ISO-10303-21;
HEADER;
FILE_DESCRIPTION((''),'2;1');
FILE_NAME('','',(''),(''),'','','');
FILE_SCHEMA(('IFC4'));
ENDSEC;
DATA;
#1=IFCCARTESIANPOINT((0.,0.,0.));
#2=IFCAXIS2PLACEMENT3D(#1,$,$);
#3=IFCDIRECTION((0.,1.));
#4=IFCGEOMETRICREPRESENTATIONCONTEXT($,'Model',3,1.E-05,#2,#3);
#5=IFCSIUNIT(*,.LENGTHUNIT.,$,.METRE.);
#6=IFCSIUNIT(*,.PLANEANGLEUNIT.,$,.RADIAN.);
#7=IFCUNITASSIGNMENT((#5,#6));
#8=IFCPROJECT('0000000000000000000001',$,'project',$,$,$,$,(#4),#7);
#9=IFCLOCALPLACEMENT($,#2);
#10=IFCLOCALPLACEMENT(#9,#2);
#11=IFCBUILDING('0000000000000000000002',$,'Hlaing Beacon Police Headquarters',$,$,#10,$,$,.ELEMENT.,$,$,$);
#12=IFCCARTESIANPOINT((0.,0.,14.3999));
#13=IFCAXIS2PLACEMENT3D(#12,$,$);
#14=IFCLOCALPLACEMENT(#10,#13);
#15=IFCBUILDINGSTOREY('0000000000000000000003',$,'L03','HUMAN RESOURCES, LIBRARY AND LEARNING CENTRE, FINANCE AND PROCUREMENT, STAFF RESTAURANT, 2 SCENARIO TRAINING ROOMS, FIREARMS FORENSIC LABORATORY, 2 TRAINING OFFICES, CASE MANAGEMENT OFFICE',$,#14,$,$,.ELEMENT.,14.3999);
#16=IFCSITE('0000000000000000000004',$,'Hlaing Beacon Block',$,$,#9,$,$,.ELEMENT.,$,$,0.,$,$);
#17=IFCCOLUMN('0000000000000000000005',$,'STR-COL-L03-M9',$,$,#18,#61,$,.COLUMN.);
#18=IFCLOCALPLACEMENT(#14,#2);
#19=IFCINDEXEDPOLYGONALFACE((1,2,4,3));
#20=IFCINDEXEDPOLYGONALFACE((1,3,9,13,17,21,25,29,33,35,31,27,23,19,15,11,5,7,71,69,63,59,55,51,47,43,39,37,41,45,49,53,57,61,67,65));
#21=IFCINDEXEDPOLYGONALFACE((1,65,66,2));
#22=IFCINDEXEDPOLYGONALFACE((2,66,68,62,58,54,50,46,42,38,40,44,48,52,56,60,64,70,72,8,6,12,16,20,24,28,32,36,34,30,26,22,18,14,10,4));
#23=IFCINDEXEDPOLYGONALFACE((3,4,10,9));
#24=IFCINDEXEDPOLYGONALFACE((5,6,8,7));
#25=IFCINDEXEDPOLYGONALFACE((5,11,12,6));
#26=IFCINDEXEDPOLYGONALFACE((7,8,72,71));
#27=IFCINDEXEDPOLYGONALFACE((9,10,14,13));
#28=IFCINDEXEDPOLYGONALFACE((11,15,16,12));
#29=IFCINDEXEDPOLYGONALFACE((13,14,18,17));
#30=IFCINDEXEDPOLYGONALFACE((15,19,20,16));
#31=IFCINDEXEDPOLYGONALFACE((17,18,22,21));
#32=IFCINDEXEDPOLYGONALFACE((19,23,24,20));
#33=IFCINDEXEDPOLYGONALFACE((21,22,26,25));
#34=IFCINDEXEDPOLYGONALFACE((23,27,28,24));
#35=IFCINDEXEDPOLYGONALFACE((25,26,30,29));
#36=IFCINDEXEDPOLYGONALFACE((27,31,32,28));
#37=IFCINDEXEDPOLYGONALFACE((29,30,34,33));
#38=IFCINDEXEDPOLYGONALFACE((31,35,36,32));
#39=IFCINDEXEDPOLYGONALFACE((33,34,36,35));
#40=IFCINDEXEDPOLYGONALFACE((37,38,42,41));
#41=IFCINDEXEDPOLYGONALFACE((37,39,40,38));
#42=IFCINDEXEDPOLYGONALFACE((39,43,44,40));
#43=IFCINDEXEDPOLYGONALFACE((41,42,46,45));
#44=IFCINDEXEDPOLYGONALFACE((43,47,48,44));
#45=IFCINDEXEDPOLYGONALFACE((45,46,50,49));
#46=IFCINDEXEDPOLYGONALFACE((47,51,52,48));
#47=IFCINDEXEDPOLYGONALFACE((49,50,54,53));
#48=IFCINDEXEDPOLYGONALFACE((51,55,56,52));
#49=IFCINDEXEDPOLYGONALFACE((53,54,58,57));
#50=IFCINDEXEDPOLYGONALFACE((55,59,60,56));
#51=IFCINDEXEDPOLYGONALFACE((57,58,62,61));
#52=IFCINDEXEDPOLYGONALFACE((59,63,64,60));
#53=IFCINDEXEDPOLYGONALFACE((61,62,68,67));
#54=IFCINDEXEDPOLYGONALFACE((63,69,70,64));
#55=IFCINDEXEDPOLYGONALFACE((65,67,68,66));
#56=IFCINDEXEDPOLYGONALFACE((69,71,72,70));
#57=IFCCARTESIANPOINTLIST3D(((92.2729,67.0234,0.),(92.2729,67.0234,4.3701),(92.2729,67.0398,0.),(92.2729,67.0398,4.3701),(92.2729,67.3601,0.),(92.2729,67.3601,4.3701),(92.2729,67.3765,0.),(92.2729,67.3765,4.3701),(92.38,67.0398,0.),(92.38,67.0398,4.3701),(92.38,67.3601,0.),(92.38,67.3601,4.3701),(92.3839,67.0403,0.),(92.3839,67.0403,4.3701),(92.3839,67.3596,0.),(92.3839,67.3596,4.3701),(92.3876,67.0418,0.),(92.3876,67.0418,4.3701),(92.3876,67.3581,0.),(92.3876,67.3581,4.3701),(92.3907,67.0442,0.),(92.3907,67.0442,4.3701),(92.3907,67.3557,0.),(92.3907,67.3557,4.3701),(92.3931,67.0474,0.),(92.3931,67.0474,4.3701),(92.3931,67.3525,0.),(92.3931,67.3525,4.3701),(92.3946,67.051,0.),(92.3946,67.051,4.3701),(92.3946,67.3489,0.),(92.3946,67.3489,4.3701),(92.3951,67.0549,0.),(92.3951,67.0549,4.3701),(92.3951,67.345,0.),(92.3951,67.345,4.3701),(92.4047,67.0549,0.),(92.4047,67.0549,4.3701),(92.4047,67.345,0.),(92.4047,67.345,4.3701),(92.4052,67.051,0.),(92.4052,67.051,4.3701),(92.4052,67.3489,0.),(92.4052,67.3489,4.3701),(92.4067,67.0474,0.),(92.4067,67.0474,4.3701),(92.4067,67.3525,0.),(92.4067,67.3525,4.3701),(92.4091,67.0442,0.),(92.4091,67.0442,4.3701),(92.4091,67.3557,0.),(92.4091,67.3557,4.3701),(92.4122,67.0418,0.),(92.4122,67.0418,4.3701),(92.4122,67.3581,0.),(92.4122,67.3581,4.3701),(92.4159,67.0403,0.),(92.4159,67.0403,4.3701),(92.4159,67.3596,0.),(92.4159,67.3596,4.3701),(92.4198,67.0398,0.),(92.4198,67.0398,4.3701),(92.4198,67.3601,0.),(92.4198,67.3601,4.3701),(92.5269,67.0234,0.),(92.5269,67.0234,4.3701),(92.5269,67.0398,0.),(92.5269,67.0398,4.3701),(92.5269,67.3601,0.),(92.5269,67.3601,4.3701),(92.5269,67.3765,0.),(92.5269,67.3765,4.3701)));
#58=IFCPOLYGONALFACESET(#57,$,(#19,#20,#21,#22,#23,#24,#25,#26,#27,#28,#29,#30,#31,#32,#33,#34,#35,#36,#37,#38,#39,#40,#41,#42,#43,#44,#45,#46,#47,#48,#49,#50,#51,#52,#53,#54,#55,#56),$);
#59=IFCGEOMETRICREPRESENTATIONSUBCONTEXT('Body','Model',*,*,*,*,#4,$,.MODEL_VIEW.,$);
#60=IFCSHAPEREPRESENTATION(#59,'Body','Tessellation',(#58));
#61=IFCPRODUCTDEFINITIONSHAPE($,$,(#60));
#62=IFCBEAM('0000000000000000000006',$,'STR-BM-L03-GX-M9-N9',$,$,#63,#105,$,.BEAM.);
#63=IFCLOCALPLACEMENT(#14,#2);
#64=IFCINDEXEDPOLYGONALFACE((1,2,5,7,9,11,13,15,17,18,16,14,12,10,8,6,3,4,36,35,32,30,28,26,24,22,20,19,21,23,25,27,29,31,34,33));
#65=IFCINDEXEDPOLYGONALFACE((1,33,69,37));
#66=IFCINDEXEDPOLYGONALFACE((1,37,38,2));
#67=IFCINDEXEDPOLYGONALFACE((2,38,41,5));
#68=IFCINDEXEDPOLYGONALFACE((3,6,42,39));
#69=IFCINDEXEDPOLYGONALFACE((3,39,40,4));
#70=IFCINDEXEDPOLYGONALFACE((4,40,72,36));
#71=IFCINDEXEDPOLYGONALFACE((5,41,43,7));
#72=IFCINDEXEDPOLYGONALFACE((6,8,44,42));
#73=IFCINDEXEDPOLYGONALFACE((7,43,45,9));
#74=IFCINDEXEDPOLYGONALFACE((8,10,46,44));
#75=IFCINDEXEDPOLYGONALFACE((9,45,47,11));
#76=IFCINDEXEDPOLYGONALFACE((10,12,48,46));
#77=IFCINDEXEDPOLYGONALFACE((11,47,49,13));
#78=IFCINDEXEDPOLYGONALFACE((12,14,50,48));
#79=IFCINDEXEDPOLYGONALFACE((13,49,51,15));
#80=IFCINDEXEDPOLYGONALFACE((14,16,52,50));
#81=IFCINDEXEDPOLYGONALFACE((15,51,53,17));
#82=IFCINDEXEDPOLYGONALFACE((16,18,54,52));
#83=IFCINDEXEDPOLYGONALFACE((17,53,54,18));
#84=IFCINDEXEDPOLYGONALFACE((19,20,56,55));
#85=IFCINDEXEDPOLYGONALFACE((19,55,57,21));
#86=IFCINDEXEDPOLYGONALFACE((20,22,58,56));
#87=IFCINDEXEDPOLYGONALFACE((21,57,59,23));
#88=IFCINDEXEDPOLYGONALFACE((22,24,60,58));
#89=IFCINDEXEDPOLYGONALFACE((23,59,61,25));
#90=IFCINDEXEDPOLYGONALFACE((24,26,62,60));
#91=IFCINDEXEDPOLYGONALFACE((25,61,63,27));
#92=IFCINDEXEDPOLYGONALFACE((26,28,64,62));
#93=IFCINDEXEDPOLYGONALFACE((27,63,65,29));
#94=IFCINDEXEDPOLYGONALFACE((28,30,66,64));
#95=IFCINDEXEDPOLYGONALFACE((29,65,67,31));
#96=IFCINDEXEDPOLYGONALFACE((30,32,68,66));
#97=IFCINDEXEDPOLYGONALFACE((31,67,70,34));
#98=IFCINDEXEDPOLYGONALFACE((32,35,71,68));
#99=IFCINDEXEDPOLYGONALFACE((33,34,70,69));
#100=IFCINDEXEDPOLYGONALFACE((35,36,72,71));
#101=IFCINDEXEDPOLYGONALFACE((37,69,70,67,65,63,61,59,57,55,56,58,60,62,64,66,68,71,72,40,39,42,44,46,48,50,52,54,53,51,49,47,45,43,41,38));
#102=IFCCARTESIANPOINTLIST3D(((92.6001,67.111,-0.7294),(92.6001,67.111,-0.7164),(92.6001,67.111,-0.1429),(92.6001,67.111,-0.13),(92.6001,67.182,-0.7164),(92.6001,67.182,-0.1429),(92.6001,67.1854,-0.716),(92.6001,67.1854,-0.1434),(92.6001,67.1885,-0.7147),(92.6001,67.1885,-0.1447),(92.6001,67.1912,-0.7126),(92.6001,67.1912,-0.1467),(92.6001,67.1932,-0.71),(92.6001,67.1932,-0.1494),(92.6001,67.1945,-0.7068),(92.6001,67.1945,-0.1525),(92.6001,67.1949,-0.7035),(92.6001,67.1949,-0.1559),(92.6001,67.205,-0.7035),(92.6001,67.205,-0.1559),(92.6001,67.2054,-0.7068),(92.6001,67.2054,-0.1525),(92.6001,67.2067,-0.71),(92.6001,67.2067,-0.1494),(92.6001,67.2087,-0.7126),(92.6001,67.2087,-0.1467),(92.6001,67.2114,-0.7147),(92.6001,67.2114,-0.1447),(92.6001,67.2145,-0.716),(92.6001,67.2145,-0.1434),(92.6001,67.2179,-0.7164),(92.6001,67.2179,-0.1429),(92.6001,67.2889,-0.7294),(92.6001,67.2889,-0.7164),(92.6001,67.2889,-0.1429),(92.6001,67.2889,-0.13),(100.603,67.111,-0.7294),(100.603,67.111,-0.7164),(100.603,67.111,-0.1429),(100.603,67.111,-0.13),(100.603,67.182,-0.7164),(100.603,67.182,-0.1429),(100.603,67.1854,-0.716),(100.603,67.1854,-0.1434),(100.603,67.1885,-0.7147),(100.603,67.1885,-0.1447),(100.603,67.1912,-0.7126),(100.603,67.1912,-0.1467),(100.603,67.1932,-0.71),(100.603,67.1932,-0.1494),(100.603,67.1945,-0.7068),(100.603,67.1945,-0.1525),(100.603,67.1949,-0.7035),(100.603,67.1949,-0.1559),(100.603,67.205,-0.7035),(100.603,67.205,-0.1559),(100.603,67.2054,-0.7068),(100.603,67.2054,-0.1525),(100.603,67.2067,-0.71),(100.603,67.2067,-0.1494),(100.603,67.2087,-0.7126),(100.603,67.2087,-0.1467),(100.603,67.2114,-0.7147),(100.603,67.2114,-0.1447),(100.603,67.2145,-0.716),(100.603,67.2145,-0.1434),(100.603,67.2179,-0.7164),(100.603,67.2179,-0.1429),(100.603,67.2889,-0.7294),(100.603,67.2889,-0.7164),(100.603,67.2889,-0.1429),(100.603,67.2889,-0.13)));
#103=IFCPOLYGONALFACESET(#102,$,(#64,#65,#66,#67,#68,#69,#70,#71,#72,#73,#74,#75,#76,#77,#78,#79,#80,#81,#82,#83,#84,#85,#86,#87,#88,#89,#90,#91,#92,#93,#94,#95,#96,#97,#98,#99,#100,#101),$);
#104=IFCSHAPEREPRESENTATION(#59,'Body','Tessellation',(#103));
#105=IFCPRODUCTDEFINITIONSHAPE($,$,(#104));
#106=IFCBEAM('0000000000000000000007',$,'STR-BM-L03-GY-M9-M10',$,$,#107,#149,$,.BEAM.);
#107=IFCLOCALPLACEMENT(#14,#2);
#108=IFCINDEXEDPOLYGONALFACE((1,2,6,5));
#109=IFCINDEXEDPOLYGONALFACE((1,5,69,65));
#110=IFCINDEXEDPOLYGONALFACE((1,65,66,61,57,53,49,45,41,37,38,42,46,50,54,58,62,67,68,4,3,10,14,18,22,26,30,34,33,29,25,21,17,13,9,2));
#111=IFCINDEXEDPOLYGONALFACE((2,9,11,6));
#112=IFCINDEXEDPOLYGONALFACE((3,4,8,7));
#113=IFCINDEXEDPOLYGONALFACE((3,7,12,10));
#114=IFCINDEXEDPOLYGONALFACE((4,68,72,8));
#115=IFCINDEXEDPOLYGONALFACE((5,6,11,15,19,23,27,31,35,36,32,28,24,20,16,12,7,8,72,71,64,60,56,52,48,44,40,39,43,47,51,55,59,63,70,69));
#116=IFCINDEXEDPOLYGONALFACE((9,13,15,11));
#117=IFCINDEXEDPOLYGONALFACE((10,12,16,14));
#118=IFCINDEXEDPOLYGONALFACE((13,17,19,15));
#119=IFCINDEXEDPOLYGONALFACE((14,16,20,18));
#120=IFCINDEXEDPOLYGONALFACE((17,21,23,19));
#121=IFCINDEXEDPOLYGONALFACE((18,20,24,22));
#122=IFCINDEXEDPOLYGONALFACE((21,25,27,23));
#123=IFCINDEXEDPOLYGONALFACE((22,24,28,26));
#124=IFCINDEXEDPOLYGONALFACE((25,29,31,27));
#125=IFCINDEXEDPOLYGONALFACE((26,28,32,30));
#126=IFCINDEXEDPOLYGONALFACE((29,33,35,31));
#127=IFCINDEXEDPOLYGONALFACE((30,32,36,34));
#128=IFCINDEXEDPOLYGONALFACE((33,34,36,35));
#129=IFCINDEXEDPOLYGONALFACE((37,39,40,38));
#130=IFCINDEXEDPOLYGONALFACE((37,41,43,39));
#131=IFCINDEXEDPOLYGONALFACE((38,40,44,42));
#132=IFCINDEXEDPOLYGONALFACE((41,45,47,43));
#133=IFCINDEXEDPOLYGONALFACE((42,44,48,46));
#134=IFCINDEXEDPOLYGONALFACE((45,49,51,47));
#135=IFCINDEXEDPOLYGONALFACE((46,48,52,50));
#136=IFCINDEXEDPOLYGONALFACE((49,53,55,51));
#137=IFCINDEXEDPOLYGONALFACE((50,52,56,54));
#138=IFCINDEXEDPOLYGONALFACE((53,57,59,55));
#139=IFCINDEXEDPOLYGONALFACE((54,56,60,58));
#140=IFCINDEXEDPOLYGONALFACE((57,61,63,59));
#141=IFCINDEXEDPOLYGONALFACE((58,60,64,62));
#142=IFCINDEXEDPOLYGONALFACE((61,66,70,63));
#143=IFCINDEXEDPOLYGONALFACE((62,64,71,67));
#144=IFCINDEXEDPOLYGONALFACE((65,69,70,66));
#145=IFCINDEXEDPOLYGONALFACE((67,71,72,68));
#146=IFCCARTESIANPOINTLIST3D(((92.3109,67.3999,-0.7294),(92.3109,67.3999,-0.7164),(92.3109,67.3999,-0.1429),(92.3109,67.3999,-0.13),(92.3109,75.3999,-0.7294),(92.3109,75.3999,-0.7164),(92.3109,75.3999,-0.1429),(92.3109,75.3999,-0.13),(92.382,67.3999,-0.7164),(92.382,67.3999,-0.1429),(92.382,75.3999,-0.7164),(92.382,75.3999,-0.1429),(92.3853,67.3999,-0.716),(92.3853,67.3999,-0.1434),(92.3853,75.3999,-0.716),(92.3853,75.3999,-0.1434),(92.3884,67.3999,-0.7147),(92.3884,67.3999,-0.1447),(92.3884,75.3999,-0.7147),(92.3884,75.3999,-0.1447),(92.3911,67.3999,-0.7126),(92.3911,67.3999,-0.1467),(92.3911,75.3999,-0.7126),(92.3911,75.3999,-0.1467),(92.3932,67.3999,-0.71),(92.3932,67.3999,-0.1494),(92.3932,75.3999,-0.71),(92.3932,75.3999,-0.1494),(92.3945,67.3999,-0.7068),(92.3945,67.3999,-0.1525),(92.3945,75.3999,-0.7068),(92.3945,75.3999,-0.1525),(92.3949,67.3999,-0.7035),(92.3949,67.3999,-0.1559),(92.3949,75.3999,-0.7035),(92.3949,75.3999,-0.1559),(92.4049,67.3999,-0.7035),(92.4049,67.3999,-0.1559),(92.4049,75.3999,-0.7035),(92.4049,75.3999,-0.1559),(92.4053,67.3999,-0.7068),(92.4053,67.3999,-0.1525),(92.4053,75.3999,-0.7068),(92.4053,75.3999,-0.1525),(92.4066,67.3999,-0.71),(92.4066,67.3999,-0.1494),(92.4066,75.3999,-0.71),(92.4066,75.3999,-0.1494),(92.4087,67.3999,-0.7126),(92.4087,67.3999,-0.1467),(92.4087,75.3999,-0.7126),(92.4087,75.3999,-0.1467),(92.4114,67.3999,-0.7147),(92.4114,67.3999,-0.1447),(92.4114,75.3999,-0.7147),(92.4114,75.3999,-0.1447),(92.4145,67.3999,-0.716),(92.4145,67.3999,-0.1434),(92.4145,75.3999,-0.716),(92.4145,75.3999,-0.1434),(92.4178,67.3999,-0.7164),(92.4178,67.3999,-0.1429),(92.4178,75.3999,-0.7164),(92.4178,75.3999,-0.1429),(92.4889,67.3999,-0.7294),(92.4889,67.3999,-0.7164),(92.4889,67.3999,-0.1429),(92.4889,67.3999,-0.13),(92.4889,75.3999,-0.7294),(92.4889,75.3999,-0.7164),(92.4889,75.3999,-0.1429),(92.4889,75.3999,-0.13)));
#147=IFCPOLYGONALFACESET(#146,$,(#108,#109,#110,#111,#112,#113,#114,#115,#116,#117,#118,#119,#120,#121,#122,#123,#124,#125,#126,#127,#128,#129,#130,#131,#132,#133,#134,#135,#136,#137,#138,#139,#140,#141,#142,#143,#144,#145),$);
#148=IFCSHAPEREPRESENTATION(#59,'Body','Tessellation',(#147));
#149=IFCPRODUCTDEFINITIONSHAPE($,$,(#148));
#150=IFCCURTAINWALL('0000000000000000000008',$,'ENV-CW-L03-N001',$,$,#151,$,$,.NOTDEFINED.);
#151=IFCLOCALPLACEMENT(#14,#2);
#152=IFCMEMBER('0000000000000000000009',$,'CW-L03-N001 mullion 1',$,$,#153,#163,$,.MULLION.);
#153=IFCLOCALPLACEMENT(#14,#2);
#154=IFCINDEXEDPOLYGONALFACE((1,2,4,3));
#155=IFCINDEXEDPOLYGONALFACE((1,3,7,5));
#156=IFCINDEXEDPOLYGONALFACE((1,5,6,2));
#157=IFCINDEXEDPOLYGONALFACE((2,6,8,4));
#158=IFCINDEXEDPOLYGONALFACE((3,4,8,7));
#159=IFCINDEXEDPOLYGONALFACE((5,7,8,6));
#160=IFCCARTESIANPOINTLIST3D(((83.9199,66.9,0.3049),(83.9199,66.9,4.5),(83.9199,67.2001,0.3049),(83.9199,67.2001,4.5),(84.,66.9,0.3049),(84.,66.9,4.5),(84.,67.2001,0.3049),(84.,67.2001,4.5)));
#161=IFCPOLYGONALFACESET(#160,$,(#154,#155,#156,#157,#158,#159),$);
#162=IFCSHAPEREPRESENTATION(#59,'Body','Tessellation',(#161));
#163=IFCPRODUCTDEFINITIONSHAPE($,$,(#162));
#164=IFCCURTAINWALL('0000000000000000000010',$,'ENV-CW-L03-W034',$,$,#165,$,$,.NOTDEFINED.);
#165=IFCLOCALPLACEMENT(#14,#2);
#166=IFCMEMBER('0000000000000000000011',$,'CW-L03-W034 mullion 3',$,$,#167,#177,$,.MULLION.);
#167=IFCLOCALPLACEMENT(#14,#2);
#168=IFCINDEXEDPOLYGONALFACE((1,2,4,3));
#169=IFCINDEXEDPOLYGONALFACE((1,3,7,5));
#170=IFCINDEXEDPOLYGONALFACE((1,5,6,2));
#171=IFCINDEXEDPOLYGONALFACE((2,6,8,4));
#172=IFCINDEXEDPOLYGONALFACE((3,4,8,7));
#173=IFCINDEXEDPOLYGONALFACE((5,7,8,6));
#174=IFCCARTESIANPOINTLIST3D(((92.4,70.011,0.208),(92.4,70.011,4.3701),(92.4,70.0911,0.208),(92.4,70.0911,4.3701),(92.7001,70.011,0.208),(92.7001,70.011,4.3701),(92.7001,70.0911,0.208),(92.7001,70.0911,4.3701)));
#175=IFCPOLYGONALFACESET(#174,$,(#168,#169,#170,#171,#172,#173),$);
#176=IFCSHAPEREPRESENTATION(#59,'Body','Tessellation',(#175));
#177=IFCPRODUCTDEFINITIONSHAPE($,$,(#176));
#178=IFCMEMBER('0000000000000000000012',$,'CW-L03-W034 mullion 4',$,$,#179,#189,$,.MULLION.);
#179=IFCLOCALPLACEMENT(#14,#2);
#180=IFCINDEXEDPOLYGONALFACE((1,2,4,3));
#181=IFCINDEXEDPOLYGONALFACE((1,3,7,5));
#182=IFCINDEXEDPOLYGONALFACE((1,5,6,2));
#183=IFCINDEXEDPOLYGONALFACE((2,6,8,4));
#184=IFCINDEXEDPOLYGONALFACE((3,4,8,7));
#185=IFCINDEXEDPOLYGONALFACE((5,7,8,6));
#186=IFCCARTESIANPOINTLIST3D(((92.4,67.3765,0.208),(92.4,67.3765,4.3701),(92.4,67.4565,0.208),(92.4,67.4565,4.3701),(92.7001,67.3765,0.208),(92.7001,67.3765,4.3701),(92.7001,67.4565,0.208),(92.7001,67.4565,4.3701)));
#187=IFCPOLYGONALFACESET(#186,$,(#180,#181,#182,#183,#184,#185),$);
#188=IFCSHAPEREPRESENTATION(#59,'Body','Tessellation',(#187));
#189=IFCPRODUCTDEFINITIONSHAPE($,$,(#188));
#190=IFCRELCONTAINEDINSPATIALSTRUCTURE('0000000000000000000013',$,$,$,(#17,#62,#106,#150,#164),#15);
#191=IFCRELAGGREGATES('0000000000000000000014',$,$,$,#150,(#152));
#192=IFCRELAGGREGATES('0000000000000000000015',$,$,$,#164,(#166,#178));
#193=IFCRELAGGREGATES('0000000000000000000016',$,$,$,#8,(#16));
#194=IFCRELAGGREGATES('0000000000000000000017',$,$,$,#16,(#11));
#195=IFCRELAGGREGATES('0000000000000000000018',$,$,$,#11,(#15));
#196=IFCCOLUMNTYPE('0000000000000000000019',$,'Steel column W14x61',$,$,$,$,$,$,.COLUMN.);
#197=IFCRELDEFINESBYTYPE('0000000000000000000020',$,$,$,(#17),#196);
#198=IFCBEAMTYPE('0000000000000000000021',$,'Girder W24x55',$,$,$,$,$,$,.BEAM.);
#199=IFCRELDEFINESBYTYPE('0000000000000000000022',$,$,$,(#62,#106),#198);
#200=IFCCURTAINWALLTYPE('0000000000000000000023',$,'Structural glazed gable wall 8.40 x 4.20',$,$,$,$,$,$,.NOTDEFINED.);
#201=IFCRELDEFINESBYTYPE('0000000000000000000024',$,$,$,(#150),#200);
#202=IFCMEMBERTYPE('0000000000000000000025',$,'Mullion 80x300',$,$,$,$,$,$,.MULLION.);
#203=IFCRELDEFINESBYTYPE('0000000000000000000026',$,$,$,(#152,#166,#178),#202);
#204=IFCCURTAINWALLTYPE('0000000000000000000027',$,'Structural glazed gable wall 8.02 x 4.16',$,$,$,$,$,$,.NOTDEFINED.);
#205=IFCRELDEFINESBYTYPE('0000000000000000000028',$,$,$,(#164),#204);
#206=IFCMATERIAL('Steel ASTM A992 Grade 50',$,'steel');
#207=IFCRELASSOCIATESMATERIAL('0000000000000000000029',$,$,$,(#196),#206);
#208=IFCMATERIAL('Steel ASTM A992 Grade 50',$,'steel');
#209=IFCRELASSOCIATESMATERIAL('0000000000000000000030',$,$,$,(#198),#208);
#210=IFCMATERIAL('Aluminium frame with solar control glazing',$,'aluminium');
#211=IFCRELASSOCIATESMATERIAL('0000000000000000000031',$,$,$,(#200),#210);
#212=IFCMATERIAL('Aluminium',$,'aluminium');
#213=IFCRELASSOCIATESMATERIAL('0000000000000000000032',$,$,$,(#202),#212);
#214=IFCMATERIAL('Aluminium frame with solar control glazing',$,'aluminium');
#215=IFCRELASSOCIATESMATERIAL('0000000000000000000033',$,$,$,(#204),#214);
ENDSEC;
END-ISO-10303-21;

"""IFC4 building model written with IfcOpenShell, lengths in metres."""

from ifc_helpers import new_model, si_unit, direction, frame, origin, origin_2d, place, context, subcontext, project, spatial, rectangle, i_section, extrude, material, material_profile, profile_set, type_object, element, aggregate, save


model = new_model("IFC4")

# Units and contexts
model_context = context("Model", 3, precision=1e-05, world=origin(), true_north=direction((0.0, 1.0)))
body_context = subcontext(model_context, "Body", "Model", "MODEL_VIEW")
ifc_project = project(units=[si_unit("LENGTHUNIT", "METRE"), si_unit("PLANEANGLEUNIT", "RADIAN")], contexts=[model_context])

# Site, building, storey
site_placement = place(None, origin())
site = spatial("IfcSite", under=ifc_project, at=site_placement, Name="Hlaing Beacon Block", CompositionType="ELEMENT", RefElevation=0.0)
building_placement = place(site_placement, origin())
building = spatial("IfcBuilding", under=site, at=building_placement, Name="Hlaing Beacon Police Headquarters", CompositionType="ELEMENT")
storey_placement = place(building_placement, frame((0.0, 0.0, 14.3999)))
storey = spatial("IfcBuildingStorey", under=building, at=storey_placement, Name="L03", Description="HUMAN RESOURCES, LIBRARY AND LEARNING CENTRE, FINANCE AND PROCUREMENT, STAFF RESTAURANT, 2 SCENARIO TRAINING ROOMS, FIREARMS FORENSIC LABORATORY, 2 TRAINING OFFICES, CASE MANAGEMENT OFFICE", CompositionType="ELEMENT", Elevation=14.3999)

# Column
ifc_material_1 = material(Name="Steel ASTM A992 Grade 50", Category="steel")
ifc_material_profile_1 = material_profile(ifc_material_1, i_section(OverallWidth=0.2539, OverallDepth=0.353, WebThickness=0.0095, FlangeThickness=0.0164, FilletRadius=0.0151, at=origin_2d()), Name="W14x61")
ifc_profile_set_1 = profile_set([ifc_material_profile_1], Name="Steel ASTM A992 Grade 50")
column_type = type_object("IfcColumnType", Name="Steel column W14x61", PredefinedType="COLUMN", material=ifc_profile_set_1)
column_placement = place(storey_placement, frame((92.3999, 67.2, 0.0), z_axis=(0.0, 0.0, 1.0), x_axis=(1.0, 0.0, 0.0)))
element("IfcColumn", 1, at=column_placement, inside=storey, type_object=column_type, Name="STR-COL-L03-M9", PredefinedType="COLUMN", context=body_context, shape_type="SweptSolid", body=[
    extrude(i_section(OverallWidth=0.2539, OverallDepth=0.353, WebThickness=0.0095, FlangeThickness=0.0164, FilletRadius=0.0151, at=origin_2d()), origin(), (0.0, 0.0, 1.0), 4.3701),
])

# Beams
ifc_material_2 = material(Name="Steel ASTM A992 Grade 50", Category="steel")
ifc_material_profile_2 = material_profile(ifc_material_2, i_section(OverallWidth=0.178, OverallDepth=0.5994, WebThickness=0.01, FlangeThickness=0.0129, FilletRadius=0.0129, at=origin_2d()), Name="W24x55")
ifc_profile_set_2 = profile_set([ifc_material_profile_2], Name="Steel ASTM A992 Grade 50")
beam_type_1 = type_object("IfcBeamType", Name="Girder W24x55", PredefinedType="BEAM", material=ifc_profile_set_2)
beam_1_placement = place(storey_placement, frame((92.6001, 67.2, -0.4297), z_axis=(1.0, 0.0, 0.0), x_axis=(0.0, 1.0, 0.0)))
element("IfcBeam", 2, at=beam_1_placement, inside=storey, type_object=beam_type_1, Name="STR-BM-L03-GX-M9-N9", PredefinedType="BEAM", context=body_context, shape_type="SweptSolid", body=[
    extrude(i_section(OverallWidth=0.178, OverallDepth=0.5994, WebThickness=0.01, FlangeThickness=0.0129, FilletRadius=0.0129, at=origin_2d()), origin(), (0.0, 0.0, 1.0), 8.0029),
])
beam_2_placement = place(storey_placement, frame((92.3999, 67.3999, -0.4297), z_axis=(0.0, 1.0, 0.0), x_axis=(-1.0, 0.0, 0.0)))
element("IfcBeam", 3, at=beam_2_placement, inside=storey, type_object=beam_type_1, Name="STR-BM-L03-GY-M9-M10", PredefinedType="BEAM", context=body_context, shape_type="SweptSolid", body=[
    extrude(i_section(OverallWidth=0.178, OverallDepth=0.5994, WebThickness=0.01, FlangeThickness=0.0129, FilletRadius=0.0129, at=origin_2d()), origin(), (0.0, 0.0, 1.0), 8.0),
])

# Curtain wall, member
ifc_material_3 = material(Name="Aluminium frame with solar control glazing", Category="aluminium")
curtain_wall_type_1 = type_object("IfcCurtainWallType", Name="Structural glazed gable wall 8.40 x 4.20", PredefinedType="NOTDEFINED", material=ifc_material_3)
curtain_wall_1_placement = place(storey_placement, origin())
curtain_wall_1 = element("IfcCurtainWall", 4, at=curtain_wall_1_placement, inside=storey, type_object=curtain_wall_type_1, Name="ENV-CW-L03-N001", PredefinedType="NOTDEFINED")
ifc_material_4 = material(Name="Aluminium", Category="aluminium")
ifc_material_profile_3 = material_profile(ifc_material_4, rectangle(XDim=0.3, YDim=0.0801, at=origin_2d()), Name="Mullion 80x300")
ifc_profile_set_3 = profile_set([ifc_material_profile_3], Name="Aluminium")
member_type_1 = type_object("IfcMemberType", Name="Mullion 80x300", PredefinedType="MULLION", material=ifc_profile_set_3)
member_1_placement = place(storey_placement, frame((83.96, 67.05, 0.3049), z_axis=(0.0, 0.0, 1.0), x_axis=(0.0, -1.0, 0.0)))
member_1 = element("IfcMember", 5, at=member_1_placement, type_object=member_type_1, Name="CW-L03-N001 mullion 1", PredefinedType="MULLION", context=body_context, shape_type="SweptSolid", body=[
    extrude(rectangle(XDim=0.3, YDim=0.0801, at=origin_2d()), origin(), (0.0, 0.0, 1.0), 4.1951),
])

# Curtain wall, members
ifc_material_5 = material(Name="Aluminium frame with solar control glazing", Category="aluminium")
curtain_wall_type_2 = type_object("IfcCurtainWallType", Name="Structural glazed gable wall 8.02 x 4.16", PredefinedType="NOTDEFINED", material=ifc_material_5)
curtain_wall_2_placement = place(storey_placement, origin())
curtain_wall_2 = element("IfcCurtainWall", 6, at=curtain_wall_2_placement, inside=storey, type_object=curtain_wall_type_2, Name="ENV-CW-L03-W034", PredefinedType="NOTDEFINED")
member_2_placement = place(storey_placement, frame((92.55, 70.051, 0.208), z_axis=(0.0, 0.0, 1.0), x_axis=(1.0, 0.0, 0.0)))
member_2 = element("IfcMember", 7, at=member_2_placement, type_object=member_type_1, Name="CW-L03-W034 mullion 3", PredefinedType="MULLION", context=body_context, shape_type="SweptSolid", body=[
    extrude(rectangle(XDim=0.3, YDim=0.0801, at=origin_2d()), origin(), (0.0, 0.0, 1.0), 4.1621),
])
member_3_placement = place(storey_placement, frame((92.55, 67.4165, 0.208), z_axis=(0.0, 0.0, 1.0), x_axis=(1.0, 0.0, 0.0)))
member_3 = element("IfcMember", 8, at=member_3_placement, type_object=member_type_1, Name="CW-L03-W034 mullion 4", PredefinedType="MULLION", context=body_context, shape_type="SweptSolid", body=[
    extrude(rectangle(XDim=0.3, YDim=0.0801, at=origin_2d()), origin(), (0.0, 0.0, 1.0), 4.1621),
])

aggregate(curtain_wall_1, [member_1])

aggregate(curtain_wall_2, [member_2, member_3])

save(model, "model.ifc")
